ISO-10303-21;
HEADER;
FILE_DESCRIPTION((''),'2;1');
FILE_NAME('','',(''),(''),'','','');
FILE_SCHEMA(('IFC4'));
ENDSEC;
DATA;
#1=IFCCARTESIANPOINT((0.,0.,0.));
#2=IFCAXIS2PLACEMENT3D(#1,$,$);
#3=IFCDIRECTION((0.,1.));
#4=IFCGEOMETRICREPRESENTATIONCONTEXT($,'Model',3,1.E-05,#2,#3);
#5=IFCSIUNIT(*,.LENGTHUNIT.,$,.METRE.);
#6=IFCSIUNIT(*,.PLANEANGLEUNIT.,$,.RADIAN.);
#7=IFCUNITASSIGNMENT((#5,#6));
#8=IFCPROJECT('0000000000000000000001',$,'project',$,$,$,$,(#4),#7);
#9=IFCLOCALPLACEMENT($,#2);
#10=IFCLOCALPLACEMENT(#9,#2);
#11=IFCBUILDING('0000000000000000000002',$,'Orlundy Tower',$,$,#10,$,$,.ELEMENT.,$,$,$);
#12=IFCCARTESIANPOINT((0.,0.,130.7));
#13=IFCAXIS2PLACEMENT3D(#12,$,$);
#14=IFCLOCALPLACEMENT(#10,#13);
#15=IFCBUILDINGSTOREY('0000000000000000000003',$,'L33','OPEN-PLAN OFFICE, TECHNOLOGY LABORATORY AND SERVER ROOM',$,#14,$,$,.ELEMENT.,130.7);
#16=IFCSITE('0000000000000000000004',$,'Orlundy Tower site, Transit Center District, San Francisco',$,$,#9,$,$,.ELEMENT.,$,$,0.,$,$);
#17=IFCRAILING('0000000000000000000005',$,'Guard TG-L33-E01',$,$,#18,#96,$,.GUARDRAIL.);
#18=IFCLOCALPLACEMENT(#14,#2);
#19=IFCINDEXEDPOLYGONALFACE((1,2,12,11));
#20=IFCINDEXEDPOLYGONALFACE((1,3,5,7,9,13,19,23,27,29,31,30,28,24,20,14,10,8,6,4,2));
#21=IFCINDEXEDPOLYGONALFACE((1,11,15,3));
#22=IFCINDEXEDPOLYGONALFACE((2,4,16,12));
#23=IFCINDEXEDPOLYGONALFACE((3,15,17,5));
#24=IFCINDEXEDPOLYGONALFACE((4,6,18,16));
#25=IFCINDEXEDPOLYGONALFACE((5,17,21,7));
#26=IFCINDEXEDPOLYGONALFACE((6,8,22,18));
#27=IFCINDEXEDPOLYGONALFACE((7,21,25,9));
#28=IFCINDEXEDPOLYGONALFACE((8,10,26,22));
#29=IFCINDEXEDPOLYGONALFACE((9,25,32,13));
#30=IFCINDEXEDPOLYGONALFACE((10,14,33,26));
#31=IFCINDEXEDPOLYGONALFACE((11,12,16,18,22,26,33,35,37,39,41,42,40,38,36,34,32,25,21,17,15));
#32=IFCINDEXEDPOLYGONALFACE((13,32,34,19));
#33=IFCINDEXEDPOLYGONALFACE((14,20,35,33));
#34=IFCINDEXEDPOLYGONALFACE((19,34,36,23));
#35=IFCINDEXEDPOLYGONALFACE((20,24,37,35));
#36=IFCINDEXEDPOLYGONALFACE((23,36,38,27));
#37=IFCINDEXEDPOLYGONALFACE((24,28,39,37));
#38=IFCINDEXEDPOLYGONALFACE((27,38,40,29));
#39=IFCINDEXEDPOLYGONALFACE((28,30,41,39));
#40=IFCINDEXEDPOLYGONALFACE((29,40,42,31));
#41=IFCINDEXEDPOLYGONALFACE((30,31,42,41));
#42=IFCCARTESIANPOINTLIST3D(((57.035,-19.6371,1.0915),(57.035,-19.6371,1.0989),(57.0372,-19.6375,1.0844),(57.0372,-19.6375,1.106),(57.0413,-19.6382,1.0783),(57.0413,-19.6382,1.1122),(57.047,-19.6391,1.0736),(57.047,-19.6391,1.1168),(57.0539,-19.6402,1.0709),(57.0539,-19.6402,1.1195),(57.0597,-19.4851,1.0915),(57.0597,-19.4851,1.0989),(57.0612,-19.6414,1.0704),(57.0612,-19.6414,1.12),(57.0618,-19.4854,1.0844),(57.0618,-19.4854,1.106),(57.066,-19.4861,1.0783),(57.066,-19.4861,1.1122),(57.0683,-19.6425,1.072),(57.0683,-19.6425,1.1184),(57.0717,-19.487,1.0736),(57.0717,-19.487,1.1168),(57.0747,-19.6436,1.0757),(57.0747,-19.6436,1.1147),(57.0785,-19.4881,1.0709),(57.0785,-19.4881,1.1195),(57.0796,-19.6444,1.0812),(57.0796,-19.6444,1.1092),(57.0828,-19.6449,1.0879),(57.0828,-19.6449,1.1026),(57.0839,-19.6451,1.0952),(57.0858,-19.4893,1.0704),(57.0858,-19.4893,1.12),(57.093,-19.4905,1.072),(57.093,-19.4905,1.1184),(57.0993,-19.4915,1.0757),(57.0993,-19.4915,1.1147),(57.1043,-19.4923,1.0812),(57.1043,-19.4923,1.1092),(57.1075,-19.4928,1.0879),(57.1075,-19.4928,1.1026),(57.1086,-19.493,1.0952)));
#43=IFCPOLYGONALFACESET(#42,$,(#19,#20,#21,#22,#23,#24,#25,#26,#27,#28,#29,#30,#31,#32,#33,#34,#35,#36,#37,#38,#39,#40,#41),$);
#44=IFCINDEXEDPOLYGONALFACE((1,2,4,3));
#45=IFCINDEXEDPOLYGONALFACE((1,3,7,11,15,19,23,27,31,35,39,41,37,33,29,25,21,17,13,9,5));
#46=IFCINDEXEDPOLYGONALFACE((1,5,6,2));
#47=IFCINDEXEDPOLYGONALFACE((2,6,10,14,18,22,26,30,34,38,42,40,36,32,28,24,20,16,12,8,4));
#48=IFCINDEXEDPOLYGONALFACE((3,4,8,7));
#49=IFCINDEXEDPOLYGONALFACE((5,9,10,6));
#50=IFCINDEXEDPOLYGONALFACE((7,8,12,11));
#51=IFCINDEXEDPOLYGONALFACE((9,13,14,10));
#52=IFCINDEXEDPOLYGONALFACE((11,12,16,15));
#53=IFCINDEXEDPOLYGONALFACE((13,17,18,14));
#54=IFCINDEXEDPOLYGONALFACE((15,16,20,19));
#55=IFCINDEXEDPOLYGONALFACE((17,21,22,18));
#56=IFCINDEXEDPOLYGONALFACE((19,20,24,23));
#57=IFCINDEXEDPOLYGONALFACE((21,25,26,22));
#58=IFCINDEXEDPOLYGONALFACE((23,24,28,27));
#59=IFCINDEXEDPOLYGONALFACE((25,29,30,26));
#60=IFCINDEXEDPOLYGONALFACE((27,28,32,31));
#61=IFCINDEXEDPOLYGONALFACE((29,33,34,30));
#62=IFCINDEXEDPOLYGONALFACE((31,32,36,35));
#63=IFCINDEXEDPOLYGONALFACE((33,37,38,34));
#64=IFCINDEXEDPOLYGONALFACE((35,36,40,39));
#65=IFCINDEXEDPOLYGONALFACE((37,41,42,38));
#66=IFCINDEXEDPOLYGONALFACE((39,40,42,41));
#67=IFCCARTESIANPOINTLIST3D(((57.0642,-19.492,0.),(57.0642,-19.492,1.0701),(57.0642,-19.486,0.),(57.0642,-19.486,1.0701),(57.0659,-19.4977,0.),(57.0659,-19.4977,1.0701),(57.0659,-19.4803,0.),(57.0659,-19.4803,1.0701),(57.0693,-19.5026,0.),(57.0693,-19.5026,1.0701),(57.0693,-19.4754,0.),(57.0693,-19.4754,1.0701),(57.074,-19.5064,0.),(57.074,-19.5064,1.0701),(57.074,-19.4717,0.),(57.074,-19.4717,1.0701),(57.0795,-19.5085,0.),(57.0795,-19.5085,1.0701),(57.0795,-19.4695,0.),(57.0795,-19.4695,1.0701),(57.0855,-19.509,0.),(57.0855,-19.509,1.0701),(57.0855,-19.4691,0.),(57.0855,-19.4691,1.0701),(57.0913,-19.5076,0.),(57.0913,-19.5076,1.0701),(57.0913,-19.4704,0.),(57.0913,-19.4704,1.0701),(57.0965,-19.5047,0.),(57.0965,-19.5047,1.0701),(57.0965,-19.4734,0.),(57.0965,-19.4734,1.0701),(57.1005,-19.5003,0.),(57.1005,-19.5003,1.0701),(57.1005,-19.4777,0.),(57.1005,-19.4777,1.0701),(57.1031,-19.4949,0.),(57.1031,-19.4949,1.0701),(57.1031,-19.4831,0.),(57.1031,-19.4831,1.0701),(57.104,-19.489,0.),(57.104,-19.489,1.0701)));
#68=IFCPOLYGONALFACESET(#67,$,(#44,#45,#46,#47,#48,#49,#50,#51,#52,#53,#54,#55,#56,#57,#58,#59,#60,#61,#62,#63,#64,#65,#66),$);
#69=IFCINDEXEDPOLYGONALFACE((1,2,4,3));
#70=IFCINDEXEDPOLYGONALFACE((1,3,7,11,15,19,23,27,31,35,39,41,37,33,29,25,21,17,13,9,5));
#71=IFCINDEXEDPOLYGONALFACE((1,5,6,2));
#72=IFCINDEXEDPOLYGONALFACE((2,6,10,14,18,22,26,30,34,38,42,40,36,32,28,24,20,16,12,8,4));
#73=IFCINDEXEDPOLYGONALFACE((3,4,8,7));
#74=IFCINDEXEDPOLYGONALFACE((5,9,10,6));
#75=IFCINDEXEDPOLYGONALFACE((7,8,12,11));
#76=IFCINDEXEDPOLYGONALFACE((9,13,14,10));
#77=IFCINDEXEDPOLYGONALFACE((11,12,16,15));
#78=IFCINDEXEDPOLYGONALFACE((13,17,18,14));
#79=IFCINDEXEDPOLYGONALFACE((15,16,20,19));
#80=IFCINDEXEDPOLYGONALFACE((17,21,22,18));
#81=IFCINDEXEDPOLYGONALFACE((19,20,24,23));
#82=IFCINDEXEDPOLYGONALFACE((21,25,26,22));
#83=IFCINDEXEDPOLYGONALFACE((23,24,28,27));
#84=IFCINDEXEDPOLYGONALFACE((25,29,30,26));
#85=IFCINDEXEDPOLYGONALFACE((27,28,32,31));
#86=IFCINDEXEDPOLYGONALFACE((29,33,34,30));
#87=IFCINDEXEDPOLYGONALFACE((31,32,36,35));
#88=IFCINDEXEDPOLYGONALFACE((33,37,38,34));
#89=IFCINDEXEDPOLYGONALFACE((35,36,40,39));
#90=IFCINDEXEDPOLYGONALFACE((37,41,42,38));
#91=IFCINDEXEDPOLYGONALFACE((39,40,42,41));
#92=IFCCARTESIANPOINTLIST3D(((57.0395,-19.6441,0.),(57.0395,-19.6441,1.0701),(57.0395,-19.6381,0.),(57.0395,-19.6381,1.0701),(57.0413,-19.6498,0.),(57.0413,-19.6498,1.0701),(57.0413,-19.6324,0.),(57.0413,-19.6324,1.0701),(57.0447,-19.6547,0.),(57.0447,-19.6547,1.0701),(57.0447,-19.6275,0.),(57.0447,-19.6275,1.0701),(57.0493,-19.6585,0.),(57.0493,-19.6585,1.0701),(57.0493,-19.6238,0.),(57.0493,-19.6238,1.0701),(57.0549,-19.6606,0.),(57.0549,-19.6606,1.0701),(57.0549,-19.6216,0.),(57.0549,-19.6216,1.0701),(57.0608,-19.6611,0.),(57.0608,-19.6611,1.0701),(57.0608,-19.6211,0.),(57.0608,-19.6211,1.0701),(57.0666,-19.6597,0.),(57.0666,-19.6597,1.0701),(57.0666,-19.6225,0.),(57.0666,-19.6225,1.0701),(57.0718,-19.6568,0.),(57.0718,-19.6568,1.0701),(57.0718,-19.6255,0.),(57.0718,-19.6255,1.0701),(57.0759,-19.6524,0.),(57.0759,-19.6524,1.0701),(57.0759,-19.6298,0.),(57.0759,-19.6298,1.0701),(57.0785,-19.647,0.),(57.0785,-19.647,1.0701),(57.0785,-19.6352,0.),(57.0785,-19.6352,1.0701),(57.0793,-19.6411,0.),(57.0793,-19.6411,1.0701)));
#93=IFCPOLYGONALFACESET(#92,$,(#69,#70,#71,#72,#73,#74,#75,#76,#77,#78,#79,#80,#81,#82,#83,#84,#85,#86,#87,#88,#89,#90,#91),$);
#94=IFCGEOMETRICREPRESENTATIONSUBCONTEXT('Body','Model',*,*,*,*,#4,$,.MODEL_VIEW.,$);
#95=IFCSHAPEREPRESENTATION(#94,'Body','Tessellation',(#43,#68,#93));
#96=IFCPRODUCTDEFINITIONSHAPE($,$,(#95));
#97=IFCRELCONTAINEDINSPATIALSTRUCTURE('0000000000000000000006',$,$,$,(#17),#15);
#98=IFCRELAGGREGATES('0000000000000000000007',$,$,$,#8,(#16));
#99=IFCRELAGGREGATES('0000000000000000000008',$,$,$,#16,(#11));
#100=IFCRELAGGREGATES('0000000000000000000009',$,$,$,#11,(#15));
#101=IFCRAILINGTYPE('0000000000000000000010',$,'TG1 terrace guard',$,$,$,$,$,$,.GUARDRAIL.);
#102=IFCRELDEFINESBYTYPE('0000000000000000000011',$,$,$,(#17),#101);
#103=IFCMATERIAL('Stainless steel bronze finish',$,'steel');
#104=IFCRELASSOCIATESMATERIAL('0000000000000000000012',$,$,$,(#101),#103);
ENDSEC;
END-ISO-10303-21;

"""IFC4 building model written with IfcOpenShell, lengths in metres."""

from ifc_helpers import new_model, si_unit, direction, frame, origin, origin_2d, place, context, subcontext, project, spatial, circle, extrude, material, type_object, element, save


model = new_model("IFC4")

# Units and contexts
model_context = context("Model", 3, precision=1e-05, world=origin(), true_north=direction((0.0, 1.0)))
body_context = subcontext(model_context, "Body", "Model", "MODEL_VIEW")
ifc_project = project(units=[si_unit("LENGTHUNIT", "METRE"), si_unit("PLANEANGLEUNIT", "RADIAN")], contexts=[model_context])

# Site, building, storey
site_placement = place(None, origin())
site = spatial("IfcSite", under=ifc_project, at=site_placement, Name="Orlundy Tower site, Transit Center District, San Francisco", CompositionType="ELEMENT", RefElevation=0.0)
building_placement = place(site_placement, origin())
building = spatial("IfcBuilding", under=site, at=building_placement, Name="Orlundy Tower", CompositionType="ELEMENT")
storey_placement = place(building_placement, frame((0.0, 0.0, 130.7)))
storey = spatial("IfcBuildingStorey", under=building, at=storey_placement, Name="L33", Description="OPEN-PLAN OFFICE, TECHNOLOGY LABORATORY AND SERVER ROOM", CompositionType="ELEMENT", Elevation=130.7)

# Railing
ifc_material_1 = material(Name="Stainless steel bronze finish", Category="steel")
railing_type = type_object("IfcRailingType", Name="TG1 terrace guard", PredefinedType="GUARDRAIL", material=ifc_material_1)
railing_placement = place(storey_placement, frame((57.084, -19.489, 0.0)))
element("IfcRailing", 1, at=railing_placement, inside=storey, type_object=railing_type, Name="Guard TG-L33-E01", PredefinedType="GUARDRAIL", context=body_context, shape_type="SweptSolid", body=[
    extrude(circle(Radius=0.0249, at=origin_2d()), frame((0.0, 0.0, 1.0952), z_axis=(-0.160029, -0.987112, 0.0), x_axis=(0.987112, -0.160029, 0.0)), (0.0, 0.0, 1.0), 0.1541),
    extrude(circle(Radius=0.02, at=origin_2d()), origin(), (0.0, 0.0, 1.0), 1.0701),
    extrude(circle(Radius=0.02, at=origin_2d()), frame((-0.0247, -0.1521, 0.0)), (0.0, 0.0, 1.0), 1.0701),
])

save(model, "model.ifc")
